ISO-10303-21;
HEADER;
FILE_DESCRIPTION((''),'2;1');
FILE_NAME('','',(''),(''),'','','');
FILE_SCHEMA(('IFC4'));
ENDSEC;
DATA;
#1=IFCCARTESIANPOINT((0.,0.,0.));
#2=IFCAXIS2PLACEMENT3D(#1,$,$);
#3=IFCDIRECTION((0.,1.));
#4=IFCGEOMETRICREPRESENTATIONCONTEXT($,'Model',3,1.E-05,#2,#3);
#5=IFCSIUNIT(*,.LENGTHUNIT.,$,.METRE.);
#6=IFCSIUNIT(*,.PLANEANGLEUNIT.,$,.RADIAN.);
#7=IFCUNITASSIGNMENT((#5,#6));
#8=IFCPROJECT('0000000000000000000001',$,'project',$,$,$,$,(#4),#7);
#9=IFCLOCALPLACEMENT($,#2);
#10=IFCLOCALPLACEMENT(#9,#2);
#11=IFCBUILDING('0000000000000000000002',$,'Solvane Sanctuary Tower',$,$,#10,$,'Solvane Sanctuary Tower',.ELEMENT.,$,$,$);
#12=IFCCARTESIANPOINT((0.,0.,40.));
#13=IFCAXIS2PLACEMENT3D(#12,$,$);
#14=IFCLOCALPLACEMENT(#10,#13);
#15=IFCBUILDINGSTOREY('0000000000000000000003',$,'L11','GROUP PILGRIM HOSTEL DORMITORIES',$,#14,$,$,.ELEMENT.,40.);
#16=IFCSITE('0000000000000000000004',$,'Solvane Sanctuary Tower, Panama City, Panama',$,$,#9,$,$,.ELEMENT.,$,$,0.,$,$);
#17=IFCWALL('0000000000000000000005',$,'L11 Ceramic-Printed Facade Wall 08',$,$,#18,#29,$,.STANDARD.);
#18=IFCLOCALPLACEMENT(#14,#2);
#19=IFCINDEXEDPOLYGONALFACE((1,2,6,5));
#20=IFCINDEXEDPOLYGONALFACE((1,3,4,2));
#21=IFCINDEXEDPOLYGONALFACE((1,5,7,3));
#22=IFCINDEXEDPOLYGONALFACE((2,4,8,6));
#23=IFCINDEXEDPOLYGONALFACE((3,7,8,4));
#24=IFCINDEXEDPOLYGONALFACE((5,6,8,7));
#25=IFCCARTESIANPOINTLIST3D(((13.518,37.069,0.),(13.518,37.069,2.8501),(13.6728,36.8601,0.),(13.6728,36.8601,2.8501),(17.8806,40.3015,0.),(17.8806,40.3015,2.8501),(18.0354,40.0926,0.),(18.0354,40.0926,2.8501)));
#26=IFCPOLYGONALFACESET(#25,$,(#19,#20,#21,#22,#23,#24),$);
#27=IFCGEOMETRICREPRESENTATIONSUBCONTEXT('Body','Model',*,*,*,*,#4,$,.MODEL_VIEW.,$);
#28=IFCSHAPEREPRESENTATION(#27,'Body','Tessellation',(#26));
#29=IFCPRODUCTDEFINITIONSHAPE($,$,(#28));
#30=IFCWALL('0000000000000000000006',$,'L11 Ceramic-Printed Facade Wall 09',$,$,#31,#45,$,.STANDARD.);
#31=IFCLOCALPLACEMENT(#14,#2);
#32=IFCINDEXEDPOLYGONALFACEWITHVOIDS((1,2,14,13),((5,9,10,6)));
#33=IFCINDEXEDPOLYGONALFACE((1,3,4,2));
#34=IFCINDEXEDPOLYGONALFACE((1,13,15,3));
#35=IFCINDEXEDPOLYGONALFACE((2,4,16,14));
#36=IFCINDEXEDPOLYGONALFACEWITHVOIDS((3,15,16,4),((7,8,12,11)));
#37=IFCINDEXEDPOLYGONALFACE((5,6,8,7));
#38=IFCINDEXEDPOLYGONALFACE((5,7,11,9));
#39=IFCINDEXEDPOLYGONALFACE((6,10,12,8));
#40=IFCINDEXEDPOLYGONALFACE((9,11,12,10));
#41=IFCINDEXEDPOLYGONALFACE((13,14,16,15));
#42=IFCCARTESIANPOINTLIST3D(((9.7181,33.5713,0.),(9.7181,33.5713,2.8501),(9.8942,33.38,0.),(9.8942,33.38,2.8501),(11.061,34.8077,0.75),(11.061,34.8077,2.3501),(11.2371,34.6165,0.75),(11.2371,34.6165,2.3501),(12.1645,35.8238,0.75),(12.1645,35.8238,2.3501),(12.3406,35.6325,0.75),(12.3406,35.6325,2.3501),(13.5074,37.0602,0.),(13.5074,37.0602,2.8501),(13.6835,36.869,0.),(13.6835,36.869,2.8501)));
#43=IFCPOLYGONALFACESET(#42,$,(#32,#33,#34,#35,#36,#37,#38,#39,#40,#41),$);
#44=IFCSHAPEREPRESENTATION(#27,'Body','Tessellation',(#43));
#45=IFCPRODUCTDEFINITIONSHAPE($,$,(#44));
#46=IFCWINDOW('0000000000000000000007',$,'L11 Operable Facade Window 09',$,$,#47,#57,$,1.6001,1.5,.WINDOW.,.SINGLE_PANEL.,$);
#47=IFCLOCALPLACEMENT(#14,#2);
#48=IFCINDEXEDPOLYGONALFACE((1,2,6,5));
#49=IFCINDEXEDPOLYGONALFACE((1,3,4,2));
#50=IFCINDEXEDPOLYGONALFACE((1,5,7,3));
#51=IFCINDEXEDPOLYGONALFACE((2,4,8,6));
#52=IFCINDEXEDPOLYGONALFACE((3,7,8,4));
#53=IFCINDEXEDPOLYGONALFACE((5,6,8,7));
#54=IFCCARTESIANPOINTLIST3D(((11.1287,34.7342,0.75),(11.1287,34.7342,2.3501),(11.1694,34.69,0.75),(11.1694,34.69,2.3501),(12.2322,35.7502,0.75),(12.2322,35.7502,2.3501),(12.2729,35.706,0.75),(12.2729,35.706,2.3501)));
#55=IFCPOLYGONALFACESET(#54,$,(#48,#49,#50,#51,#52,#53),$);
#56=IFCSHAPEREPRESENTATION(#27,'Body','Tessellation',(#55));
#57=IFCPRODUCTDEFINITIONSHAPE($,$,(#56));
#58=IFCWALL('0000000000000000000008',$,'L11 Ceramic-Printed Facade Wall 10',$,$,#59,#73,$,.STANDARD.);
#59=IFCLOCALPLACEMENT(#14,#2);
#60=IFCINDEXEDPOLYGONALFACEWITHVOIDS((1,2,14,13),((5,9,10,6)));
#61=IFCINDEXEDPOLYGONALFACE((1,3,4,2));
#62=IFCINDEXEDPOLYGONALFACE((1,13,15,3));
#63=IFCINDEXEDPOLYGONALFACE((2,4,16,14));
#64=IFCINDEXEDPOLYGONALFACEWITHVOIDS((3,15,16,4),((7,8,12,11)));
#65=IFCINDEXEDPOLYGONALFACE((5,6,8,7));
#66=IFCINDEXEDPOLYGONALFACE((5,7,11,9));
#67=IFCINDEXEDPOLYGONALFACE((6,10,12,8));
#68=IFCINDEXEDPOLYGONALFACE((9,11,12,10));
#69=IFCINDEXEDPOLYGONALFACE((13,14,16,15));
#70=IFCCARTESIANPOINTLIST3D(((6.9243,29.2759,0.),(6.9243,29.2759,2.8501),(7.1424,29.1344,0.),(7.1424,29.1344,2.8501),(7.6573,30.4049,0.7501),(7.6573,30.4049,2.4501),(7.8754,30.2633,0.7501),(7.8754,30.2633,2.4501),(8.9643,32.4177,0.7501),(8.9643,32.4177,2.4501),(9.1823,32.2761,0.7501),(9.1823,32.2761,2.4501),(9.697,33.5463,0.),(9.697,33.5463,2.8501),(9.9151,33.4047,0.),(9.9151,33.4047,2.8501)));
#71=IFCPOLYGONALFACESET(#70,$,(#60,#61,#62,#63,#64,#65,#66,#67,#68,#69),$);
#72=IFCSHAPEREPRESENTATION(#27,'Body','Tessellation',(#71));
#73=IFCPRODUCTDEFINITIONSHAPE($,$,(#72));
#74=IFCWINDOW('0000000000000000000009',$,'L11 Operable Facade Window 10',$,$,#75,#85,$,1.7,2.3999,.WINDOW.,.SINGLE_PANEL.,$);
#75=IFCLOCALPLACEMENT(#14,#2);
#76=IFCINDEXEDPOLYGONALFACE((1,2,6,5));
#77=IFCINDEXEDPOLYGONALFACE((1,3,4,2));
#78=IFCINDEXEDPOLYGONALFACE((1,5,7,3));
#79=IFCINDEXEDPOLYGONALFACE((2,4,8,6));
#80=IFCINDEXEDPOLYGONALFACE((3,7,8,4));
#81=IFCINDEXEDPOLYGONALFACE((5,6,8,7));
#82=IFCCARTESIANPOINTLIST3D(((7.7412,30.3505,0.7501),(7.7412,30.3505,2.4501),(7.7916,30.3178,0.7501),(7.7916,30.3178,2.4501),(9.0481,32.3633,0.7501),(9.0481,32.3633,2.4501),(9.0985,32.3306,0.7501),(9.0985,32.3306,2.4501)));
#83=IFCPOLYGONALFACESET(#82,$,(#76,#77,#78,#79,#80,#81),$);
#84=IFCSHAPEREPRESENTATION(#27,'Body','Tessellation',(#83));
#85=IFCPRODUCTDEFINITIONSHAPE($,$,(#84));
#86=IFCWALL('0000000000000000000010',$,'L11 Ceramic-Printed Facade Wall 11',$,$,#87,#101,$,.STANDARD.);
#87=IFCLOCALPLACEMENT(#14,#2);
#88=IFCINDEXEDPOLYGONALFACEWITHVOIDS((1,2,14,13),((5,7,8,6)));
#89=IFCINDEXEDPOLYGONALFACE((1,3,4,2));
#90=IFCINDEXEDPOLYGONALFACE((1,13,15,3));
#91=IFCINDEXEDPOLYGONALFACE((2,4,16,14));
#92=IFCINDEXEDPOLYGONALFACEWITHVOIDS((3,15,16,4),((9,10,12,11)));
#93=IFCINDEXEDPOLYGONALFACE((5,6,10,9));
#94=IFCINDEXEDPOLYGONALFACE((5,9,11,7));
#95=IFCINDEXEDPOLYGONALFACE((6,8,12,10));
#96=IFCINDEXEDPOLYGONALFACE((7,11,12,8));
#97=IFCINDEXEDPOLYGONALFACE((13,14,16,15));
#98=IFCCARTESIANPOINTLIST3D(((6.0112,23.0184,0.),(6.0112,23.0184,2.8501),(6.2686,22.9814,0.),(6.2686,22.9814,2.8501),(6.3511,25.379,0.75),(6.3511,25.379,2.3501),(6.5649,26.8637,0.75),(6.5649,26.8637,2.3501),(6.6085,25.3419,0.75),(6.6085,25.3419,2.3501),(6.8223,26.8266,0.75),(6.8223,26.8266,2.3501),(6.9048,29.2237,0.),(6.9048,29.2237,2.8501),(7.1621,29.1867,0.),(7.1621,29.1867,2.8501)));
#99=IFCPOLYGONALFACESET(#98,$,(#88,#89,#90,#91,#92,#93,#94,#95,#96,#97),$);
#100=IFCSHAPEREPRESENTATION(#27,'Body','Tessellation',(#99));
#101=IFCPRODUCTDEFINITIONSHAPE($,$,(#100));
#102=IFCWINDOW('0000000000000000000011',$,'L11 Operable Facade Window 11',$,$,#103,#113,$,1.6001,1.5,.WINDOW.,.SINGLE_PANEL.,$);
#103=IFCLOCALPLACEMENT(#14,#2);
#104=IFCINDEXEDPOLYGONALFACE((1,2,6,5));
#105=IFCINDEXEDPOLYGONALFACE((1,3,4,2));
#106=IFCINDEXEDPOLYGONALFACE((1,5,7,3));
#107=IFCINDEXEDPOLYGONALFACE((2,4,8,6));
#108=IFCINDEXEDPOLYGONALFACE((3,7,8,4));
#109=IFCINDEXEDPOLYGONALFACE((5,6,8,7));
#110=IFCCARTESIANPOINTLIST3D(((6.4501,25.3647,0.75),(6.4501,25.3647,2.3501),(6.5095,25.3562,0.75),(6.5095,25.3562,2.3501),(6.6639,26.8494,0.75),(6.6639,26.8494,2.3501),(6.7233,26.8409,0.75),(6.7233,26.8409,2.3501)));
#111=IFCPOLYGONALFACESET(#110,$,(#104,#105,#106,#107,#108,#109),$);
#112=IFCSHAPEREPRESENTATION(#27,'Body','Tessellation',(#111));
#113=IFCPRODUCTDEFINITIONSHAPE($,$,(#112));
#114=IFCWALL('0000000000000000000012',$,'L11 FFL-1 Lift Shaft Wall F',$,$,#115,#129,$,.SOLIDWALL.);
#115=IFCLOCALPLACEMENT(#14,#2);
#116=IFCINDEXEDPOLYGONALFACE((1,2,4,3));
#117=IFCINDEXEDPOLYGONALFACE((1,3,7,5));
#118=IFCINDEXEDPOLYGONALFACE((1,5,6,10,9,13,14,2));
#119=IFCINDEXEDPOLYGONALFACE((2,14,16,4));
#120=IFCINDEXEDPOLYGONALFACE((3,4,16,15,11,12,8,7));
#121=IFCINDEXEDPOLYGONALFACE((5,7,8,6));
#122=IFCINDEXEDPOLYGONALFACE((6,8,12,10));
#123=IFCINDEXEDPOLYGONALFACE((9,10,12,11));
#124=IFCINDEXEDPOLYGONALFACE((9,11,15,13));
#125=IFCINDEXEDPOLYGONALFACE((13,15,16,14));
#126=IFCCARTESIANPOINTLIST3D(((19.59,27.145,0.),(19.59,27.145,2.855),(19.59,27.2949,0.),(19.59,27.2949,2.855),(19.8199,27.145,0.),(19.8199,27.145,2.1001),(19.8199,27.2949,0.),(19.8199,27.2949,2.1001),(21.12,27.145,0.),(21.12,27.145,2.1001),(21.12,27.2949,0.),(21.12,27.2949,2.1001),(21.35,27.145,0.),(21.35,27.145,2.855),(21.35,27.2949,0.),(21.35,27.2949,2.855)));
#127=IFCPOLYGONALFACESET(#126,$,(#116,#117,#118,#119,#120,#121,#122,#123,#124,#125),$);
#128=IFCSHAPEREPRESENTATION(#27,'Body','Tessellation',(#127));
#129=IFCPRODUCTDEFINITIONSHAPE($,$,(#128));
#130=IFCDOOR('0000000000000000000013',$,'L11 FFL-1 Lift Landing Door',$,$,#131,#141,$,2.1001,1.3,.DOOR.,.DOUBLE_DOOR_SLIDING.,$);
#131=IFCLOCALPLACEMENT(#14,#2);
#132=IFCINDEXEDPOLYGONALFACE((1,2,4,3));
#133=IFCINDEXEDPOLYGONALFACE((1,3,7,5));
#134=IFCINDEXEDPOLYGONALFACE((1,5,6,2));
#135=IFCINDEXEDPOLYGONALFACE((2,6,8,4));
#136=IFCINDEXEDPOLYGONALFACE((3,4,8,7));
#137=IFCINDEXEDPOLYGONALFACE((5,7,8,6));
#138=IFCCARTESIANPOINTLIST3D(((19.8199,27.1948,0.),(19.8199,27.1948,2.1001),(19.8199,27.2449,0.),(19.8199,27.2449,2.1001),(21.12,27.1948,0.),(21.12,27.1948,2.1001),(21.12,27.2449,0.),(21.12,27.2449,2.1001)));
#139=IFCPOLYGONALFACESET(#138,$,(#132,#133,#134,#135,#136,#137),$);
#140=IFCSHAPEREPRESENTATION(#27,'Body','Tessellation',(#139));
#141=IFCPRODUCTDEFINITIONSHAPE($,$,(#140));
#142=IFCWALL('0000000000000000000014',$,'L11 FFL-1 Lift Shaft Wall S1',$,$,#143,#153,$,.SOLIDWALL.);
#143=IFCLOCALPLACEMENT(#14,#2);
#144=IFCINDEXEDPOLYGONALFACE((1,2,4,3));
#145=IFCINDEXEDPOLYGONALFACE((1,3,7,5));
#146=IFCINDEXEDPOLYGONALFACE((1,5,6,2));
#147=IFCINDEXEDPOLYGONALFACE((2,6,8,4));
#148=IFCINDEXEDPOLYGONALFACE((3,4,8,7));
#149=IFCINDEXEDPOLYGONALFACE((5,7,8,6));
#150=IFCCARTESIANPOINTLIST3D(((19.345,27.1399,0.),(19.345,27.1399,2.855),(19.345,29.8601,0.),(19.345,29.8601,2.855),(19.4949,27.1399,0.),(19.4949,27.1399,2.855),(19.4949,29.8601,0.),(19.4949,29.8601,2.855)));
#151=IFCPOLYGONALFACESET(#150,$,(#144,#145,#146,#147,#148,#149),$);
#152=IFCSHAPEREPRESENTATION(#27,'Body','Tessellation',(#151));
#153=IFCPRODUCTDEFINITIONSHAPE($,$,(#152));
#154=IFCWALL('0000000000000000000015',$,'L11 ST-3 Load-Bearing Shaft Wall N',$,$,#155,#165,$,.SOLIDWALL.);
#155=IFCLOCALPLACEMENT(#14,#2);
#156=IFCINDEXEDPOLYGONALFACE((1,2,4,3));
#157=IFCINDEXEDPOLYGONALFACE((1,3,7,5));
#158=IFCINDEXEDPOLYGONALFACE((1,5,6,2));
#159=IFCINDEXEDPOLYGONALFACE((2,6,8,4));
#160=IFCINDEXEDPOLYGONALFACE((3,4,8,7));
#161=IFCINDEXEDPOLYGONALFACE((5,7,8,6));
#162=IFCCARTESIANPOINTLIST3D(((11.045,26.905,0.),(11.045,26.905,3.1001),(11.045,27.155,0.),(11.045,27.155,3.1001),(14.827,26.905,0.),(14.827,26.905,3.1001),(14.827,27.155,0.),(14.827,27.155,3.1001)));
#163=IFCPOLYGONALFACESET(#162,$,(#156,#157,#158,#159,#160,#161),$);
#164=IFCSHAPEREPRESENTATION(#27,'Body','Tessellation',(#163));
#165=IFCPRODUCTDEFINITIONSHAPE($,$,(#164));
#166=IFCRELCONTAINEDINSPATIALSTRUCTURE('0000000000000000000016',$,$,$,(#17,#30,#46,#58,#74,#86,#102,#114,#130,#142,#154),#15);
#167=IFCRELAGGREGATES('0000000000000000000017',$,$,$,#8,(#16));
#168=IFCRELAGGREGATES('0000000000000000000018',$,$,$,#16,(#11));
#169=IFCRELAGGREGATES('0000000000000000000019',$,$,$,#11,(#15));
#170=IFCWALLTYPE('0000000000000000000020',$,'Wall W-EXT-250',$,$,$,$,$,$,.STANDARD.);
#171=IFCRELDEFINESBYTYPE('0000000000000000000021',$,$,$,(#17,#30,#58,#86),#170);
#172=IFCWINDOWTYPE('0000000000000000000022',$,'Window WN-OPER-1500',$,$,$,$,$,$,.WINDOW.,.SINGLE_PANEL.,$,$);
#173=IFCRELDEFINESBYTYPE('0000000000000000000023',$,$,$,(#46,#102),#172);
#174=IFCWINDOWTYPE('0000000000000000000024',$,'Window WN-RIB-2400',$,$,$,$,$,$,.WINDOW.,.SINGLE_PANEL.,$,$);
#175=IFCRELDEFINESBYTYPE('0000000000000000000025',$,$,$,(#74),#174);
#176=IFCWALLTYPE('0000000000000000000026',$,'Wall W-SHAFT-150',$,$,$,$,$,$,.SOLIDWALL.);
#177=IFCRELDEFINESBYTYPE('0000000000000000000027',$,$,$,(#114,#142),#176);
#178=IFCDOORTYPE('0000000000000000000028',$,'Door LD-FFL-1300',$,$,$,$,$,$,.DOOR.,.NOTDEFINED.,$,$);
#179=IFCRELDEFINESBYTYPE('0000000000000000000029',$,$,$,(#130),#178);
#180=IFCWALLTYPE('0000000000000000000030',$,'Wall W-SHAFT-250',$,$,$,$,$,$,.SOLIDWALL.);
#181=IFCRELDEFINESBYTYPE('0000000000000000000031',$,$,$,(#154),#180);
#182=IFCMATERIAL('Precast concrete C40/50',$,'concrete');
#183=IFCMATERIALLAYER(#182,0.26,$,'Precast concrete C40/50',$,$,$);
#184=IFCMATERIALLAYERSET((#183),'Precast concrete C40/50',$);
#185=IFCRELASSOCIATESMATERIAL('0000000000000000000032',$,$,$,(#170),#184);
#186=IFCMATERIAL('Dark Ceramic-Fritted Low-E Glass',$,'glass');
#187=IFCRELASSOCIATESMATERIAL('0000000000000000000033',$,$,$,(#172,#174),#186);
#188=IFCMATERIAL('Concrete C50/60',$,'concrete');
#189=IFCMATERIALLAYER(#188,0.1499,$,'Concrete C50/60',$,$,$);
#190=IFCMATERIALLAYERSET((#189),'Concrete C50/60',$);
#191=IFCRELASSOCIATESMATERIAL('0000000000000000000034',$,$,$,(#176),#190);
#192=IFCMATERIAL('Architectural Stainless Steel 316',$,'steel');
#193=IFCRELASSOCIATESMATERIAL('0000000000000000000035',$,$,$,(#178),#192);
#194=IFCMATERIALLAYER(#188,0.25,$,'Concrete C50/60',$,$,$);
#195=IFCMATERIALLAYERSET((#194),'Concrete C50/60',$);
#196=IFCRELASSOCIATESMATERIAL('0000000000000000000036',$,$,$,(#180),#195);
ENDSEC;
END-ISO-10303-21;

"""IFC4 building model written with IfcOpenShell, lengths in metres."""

from ifc_helpers import new_model, si_unit, direction, frame, frame_2d, origin, place, context, subcontext, project, spatial, rectangle, extrude, material, layer, layer_set, type_object, element, fill, save


model = new_model("IFC4")

# Units and contexts
model_context = context("Model", 3, precision=1e-05, world=origin(), true_north=direction((0.0, 1.0)))
body_context = subcontext(model_context, "Body", "Model", "MODEL_VIEW")
ifc_project = project(units=[si_unit("LENGTHUNIT", "METRE"), si_unit("PLANEANGLEUNIT", "RADIAN")], contexts=[model_context])

# Site, building, storey
site_placement = place(None, origin())
site = spatial("IfcSite", under=ifc_project, at=site_placement, Name="Solvane Sanctuary Tower, Panama City, Panama", CompositionType="ELEMENT", RefElevation=0.0)
building_placement = place(site_placement, origin())
building = spatial("IfcBuilding", under=site, at=building_placement, Name="Solvane Sanctuary Tower", LongName="Solvane Sanctuary Tower", CompositionType="ELEMENT")
storey_placement = place(building_placement, frame((0.0, 0.0, 40.0)))
storey = spatial("IfcBuildingStorey", under=building, at=storey_placement, Name="L11", Description="GROUP PILGRIM HOSTEL DORMITORIES", CompositionType="ELEMENT", Elevation=40.0)

# Wall
ifc_material_1 = material(Name="Precast concrete C40/50", Category="concrete")
ifc_layer_1 = layer(ifc_material_1, 0.26, Name="Precast concrete C40/50")
ifc_layer_set_1 = layer_set([ifc_layer_1], Name="Precast concrete C40/50")
wall_type_1 = type_object("IfcWallType", Name="Wall W-EXT-250", PredefinedType="STANDARD", material=ifc_layer_set_1)
wall_1_placement = place(storey_placement, frame((17.958, 40.197, 0.0), z_axis=(0.0, 0.0, 1.0), x_axis=(-0.803478, -0.595335, 0.0)))
element("IfcWall", 1, at=wall_1_placement, inside=storey, type_object=wall_type_1, Name="L11 Ceramic-Printed Facade Wall 08", PredefinedType="STANDARD", context=body_context, shape_type="SweptSolid", body=[
    extrude(rectangle(XDim=5.4297, YDim=0.26, at=frame_2d((2.7148, 0.0))), origin(), (0.0, 0.0, 1.0), 2.8501),
])

# Walls, openings, windows
wall_2_placement = place(storey_placement, frame((13.5955, 36.9646, 0.0), z_axis=(0.0, 0.0, 1.0), x_axis=(-0.735655, -0.677356, 0.0)))
wall_2 = element("IfcWall", 2, at=wall_2_placement, inside=storey, type_object=wall_type_1, Name="L11 Ceramic-Printed Facade Wall 09", PredefinedType="STANDARD", context=body_context, shape_type="SweptSolid", body=[
    extrude(rectangle(XDim=5.1509, YDim=0.26, at=frame_2d((2.5754, 0.0))), origin(), (0.0, 0.0, 1.0), 2.8501),
])
opening_1_placement = place(wall_2_placement, frame((1.8254, 0.0, 0.75)))
opening_1 = element("IfcOpeningElement", 3, at=opening_1_placement, cuts=wall_2, PredefinedType="OPENING", context=body_context, shape_type="SweptSolid", body=[
    extrude(rectangle(XDim=1.5, YDim=1.6001, at=frame_2d((0.75, 0.8))), frame((0.0, 0.1399, 0.0), z_axis=(0.0, -1.0, 0.0), x_axis=(1.0, 0.0, 0.0)), (0.0, 0.0, 1.0), 0.28),
])
ifc_material_2 = material(Name="Dark Ceramic-Fritted Low-E Glass", Category="glass")
window_type_1 = type_object("IfcWindowType", Name="Window WN-OPER-1500", PartitioningType="SINGLE_PANEL", PredefinedType="WINDOW", material=ifc_material_2)
window_1_placement = place(opening_1_placement, origin())
window_1 = element("IfcWindow", 4, at=window_1_placement, inside=storey, type_object=window_type_1, Name="L11 Operable Facade Window 09", OverallHeight=1.6001, OverallWidth=1.5, PartitioningType="SINGLE_PANEL", PredefinedType="WINDOW", context=body_context, shape_type="SweptSolid", body=[
    extrude(rectangle(XDim=1.5, YDim=1.6001, at=frame_2d((0.75, 0.8))), frame((0.0, 0.03, 0.0), z_axis=(0.0, -1.0, 0.0), x_axis=(1.0, 0.0, 0.0)), (0.0, 0.0, 1.0), 0.0601),
])
fill(opening_1, window_1)
wall_3_placement = place(storey_placement, frame((9.8062, 33.4756, 0.0), z_axis=(0.0, 0.0, 1.0), x_axis=(-0.544579, -0.83871, 0.0)))
wall_3 = element("IfcWall", 5, at=wall_3_placement, inside=storey, type_object=wall_type_1, Name="L11 Ceramic-Printed Facade Wall 10", PredefinedType="STANDARD", context=body_context, shape_type="SweptSolid", body=[
    extrude(rectangle(XDim=5.0916, YDim=0.26, at=frame_2d((2.5459, 0.0))), origin(), (0.0, 0.0, 1.0), 2.8501),
])
opening_2_placement = place(wall_3_placement, frame((1.3457, 0.0, 0.75)))
opening_2 = element("IfcOpeningElement", 6, at=opening_2_placement, cuts=wall_3, PredefinedType="OPENING", context=body_context, shape_type="SweptSolid", body=[
    extrude(rectangle(XDim=2.3999, YDim=1.7, at=frame_2d((1.2, 0.8501))), frame((0.0, 0.1399, 0.0), z_axis=(0.0, -1.0, 0.0), x_axis=(1.0, 0.0, 0.0)), (0.0, 0.0, 1.0), 0.28),
])
window_type_2 = type_object("IfcWindowType", Name="Window WN-RIB-2400", PartitioningType="SINGLE_PANEL", PredefinedType="WINDOW", material=ifc_material_2)
window_2_placement = place(opening_2_placement, origin())
window_2 = element("IfcWindow", 7, at=window_2_placement, inside=storey, type_object=window_type_2, Name="L11 Operable Facade Window 10", OverallHeight=1.7, OverallWidth=2.3999, PartitioningType="SINGLE_PANEL", PredefinedType="WINDOW", context=body_context, shape_type="SweptSolid", body=[
    extrude(rectangle(XDim=2.3999, YDim=1.7, at=frame_2d((1.2, 0.8501))), frame((0.0, 0.03, 0.0), z_axis=(0.0, -1.0, 0.0), x_axis=(1.0, 0.0, 0.0)), (0.0, 0.0, 1.0), 0.0601),
])
fill(opening_2, window_2)
wall_4_placement = place(storey_placement, frame((7.0334, 29.2053, 0.0), z_axis=(0.0, 0.0, 1.0), x_axis=(-0.142528, -0.989791, 0.0)))
wall_4 = element("IfcWall", 8, at=wall_4_placement, inside=storey, type_object=wall_type_1, Name="L11 Ceramic-Printed Facade Wall 11", PredefinedType="STANDARD", context=body_context, shape_type="SweptSolid", body=[
    extrude(rectangle(XDim=6.2693, YDim=0.26, at=frame_2d((3.1348, 0.0))), origin(), (0.0, 0.0, 1.0), 2.8501),
])
opening_3_placement = place(wall_4_placement, frame((2.3845, 0.0, 0.75)))
opening_3 = element("IfcOpeningElement", 9, at=opening_3_placement, cuts=wall_4, PredefinedType="OPENING", context=body_context, shape_type="SweptSolid", body=[
    extrude(rectangle(XDim=1.5, YDim=1.6001, at=frame_2d((0.75, 0.8))), frame((0.0, 0.1399, 0.0), z_axis=(0.0, -1.0, 0.0), x_axis=(1.0, 0.0, 0.0)), (0.0, 0.0, 1.0), 0.28),
])
window_3_placement = place(opening_3_placement, origin())
window_3 = element("IfcWindow", 10, at=window_3_placement, inside=storey, type_object=window_type_1, Name="L11 Operable Facade Window 11", OverallHeight=1.6001, OverallWidth=1.5, PartitioningType="SINGLE_PANEL", PredefinedType="WINDOW", context=body_context, shape_type="SweptSolid", body=[
    extrude(rectangle(XDim=1.5, YDim=1.6001, at=frame_2d((0.75, 0.8))), frame((0.0, 0.03, 0.0), z_axis=(0.0, -1.0, 0.0), x_axis=(1.0, 0.0, 0.0)), (0.0, 0.0, 1.0), 0.0601),
])
fill(opening_3, window_3)

# Wall, opening, door
ifc_material_3 = material(Name="Concrete C50/60", Category="concrete")
ifc_layer_2 = layer(ifc_material_3, 0.1499, Name="Concrete C50/60")
ifc_layer_set_2 = layer_set([ifc_layer_2], Name="Concrete C50/60")
wall_type_2 = type_object("IfcWallType", Name="Wall W-SHAFT-150", PredefinedType="SOLIDWALL", material=ifc_layer_set_2)
wall_5_placement = place(storey_placement, frame((19.5901, 27.22, 0.0), z_axis=(0.0, 0.0, 1.0), x_axis=(1.0, 0.0, 0.0)))
wall_5 = element("IfcWall", 11, at=wall_5_placement, inside=storey, type_object=wall_type_2, Name="L11 FFL-1 Lift Shaft Wall F", PredefinedType="SOLIDWALL", context=body_context, shape_type="SweptSolid", body=[
    extrude(rectangle(XDim=1.76, YDim=0.1499, at=frame_2d((0.8799, 0.0))), origin(), (0.0, 0.0, 1.0), 2.855),
])
opening_4_placement = place(wall_5_placement, frame((0.23, 0.0, 0.0)))
opening_4 = element("IfcOpeningElement", 12, at=opening_4_placement, cuts=wall_5, PredefinedType="OPENING", context=body_context, shape_type="SweptSolid", body=[
    extrude(rectangle(XDim=1.3, YDim=2.1001, at=frame_2d((0.6499, 1.05))), frame((0.0, 0.085, 0.0), z_axis=(0.0, -1.0, 0.0), x_axis=(1.0, 0.0, 0.0)), (0.0, 0.0, 1.0), 0.1699),
])
ifc_material_4 = material(Name="Architectural Stainless Steel 316", Category="steel")
door_type_1 = type_object("IfcDoorType", Name="Door LD-FFL-1300", OperationType="NOTDEFINED", PredefinedType="DOOR", material=ifc_material_4)
door_1_placement = place(opening_4_placement, origin())
door_1 = element("IfcDoor", 13, at=door_1_placement, inside=storey, type_object=door_type_1, Name="L11 FFL-1 Lift Landing Door", OperationType="DOUBLE_DOOR_SLIDING", OverallHeight=2.1001, OverallWidth=1.3, PredefinedType="DOOR", context=body_context, shape_type="SweptSolid", body=[
    extrude(rectangle(XDim=1.3, YDim=2.1001, at=frame_2d((0.6499, 1.05))), frame((0.0, 0.0249, 0.0), z_axis=(0.0, -1.0, 0.0), x_axis=(1.0, 0.0, 0.0)), (0.0, 0.0, 1.0), 0.05),
])
fill(opening_4, door_1)

# Walls
wall_6_placement = place(storey_placement, frame((19.4199, 27.1399, 0.0), z_axis=(0.0, 0.0, 1.0), x_axis=(0.0, 1.0, 0.0)))
element("IfcWall", 14, at=wall_6_placement, inside=storey, type_object=wall_type_2, Name="L11 FFL-1 Lift Shaft Wall S1", PredefinedType="SOLIDWALL", context=body_context, shape_type="SweptSolid", body=[
    extrude(rectangle(XDim=2.7202, YDim=0.1499, at=frame_2d((1.3601, 0.0))), origin(), (0.0, 0.0, 1.0), 2.855),
])
ifc_layer_3 = layer(ifc_material_3, 0.25, Name="Concrete C50/60")
ifc_layer_set_3 = layer_set([ifc_layer_3], Name="Concrete C50/60")
wall_type_3 = type_object("IfcWallType", Name="Wall W-SHAFT-250", PredefinedType="SOLIDWALL", material=ifc_layer_set_3)
wall_7_placement = place(storey_placement, frame((11.0449, 27.03, 0.0), z_axis=(0.0, 0.0, 1.0), x_axis=(1.0, 0.0, 0.0)))
element("IfcWall", 15, at=wall_7_placement, inside=storey, type_object=wall_type_3, Name="L11 ST-3 Load-Bearing Shaft Wall N", PredefinedType="SOLIDWALL", context=body_context, shape_type="SweptSolid", body=[
    extrude(rectangle(XDim=3.782, YDim=0.25, at=frame_2d((1.8911, 0.0))), origin(), (0.0, 0.0, 1.0), 3.1001),
])

save(model, "model.ifc")
